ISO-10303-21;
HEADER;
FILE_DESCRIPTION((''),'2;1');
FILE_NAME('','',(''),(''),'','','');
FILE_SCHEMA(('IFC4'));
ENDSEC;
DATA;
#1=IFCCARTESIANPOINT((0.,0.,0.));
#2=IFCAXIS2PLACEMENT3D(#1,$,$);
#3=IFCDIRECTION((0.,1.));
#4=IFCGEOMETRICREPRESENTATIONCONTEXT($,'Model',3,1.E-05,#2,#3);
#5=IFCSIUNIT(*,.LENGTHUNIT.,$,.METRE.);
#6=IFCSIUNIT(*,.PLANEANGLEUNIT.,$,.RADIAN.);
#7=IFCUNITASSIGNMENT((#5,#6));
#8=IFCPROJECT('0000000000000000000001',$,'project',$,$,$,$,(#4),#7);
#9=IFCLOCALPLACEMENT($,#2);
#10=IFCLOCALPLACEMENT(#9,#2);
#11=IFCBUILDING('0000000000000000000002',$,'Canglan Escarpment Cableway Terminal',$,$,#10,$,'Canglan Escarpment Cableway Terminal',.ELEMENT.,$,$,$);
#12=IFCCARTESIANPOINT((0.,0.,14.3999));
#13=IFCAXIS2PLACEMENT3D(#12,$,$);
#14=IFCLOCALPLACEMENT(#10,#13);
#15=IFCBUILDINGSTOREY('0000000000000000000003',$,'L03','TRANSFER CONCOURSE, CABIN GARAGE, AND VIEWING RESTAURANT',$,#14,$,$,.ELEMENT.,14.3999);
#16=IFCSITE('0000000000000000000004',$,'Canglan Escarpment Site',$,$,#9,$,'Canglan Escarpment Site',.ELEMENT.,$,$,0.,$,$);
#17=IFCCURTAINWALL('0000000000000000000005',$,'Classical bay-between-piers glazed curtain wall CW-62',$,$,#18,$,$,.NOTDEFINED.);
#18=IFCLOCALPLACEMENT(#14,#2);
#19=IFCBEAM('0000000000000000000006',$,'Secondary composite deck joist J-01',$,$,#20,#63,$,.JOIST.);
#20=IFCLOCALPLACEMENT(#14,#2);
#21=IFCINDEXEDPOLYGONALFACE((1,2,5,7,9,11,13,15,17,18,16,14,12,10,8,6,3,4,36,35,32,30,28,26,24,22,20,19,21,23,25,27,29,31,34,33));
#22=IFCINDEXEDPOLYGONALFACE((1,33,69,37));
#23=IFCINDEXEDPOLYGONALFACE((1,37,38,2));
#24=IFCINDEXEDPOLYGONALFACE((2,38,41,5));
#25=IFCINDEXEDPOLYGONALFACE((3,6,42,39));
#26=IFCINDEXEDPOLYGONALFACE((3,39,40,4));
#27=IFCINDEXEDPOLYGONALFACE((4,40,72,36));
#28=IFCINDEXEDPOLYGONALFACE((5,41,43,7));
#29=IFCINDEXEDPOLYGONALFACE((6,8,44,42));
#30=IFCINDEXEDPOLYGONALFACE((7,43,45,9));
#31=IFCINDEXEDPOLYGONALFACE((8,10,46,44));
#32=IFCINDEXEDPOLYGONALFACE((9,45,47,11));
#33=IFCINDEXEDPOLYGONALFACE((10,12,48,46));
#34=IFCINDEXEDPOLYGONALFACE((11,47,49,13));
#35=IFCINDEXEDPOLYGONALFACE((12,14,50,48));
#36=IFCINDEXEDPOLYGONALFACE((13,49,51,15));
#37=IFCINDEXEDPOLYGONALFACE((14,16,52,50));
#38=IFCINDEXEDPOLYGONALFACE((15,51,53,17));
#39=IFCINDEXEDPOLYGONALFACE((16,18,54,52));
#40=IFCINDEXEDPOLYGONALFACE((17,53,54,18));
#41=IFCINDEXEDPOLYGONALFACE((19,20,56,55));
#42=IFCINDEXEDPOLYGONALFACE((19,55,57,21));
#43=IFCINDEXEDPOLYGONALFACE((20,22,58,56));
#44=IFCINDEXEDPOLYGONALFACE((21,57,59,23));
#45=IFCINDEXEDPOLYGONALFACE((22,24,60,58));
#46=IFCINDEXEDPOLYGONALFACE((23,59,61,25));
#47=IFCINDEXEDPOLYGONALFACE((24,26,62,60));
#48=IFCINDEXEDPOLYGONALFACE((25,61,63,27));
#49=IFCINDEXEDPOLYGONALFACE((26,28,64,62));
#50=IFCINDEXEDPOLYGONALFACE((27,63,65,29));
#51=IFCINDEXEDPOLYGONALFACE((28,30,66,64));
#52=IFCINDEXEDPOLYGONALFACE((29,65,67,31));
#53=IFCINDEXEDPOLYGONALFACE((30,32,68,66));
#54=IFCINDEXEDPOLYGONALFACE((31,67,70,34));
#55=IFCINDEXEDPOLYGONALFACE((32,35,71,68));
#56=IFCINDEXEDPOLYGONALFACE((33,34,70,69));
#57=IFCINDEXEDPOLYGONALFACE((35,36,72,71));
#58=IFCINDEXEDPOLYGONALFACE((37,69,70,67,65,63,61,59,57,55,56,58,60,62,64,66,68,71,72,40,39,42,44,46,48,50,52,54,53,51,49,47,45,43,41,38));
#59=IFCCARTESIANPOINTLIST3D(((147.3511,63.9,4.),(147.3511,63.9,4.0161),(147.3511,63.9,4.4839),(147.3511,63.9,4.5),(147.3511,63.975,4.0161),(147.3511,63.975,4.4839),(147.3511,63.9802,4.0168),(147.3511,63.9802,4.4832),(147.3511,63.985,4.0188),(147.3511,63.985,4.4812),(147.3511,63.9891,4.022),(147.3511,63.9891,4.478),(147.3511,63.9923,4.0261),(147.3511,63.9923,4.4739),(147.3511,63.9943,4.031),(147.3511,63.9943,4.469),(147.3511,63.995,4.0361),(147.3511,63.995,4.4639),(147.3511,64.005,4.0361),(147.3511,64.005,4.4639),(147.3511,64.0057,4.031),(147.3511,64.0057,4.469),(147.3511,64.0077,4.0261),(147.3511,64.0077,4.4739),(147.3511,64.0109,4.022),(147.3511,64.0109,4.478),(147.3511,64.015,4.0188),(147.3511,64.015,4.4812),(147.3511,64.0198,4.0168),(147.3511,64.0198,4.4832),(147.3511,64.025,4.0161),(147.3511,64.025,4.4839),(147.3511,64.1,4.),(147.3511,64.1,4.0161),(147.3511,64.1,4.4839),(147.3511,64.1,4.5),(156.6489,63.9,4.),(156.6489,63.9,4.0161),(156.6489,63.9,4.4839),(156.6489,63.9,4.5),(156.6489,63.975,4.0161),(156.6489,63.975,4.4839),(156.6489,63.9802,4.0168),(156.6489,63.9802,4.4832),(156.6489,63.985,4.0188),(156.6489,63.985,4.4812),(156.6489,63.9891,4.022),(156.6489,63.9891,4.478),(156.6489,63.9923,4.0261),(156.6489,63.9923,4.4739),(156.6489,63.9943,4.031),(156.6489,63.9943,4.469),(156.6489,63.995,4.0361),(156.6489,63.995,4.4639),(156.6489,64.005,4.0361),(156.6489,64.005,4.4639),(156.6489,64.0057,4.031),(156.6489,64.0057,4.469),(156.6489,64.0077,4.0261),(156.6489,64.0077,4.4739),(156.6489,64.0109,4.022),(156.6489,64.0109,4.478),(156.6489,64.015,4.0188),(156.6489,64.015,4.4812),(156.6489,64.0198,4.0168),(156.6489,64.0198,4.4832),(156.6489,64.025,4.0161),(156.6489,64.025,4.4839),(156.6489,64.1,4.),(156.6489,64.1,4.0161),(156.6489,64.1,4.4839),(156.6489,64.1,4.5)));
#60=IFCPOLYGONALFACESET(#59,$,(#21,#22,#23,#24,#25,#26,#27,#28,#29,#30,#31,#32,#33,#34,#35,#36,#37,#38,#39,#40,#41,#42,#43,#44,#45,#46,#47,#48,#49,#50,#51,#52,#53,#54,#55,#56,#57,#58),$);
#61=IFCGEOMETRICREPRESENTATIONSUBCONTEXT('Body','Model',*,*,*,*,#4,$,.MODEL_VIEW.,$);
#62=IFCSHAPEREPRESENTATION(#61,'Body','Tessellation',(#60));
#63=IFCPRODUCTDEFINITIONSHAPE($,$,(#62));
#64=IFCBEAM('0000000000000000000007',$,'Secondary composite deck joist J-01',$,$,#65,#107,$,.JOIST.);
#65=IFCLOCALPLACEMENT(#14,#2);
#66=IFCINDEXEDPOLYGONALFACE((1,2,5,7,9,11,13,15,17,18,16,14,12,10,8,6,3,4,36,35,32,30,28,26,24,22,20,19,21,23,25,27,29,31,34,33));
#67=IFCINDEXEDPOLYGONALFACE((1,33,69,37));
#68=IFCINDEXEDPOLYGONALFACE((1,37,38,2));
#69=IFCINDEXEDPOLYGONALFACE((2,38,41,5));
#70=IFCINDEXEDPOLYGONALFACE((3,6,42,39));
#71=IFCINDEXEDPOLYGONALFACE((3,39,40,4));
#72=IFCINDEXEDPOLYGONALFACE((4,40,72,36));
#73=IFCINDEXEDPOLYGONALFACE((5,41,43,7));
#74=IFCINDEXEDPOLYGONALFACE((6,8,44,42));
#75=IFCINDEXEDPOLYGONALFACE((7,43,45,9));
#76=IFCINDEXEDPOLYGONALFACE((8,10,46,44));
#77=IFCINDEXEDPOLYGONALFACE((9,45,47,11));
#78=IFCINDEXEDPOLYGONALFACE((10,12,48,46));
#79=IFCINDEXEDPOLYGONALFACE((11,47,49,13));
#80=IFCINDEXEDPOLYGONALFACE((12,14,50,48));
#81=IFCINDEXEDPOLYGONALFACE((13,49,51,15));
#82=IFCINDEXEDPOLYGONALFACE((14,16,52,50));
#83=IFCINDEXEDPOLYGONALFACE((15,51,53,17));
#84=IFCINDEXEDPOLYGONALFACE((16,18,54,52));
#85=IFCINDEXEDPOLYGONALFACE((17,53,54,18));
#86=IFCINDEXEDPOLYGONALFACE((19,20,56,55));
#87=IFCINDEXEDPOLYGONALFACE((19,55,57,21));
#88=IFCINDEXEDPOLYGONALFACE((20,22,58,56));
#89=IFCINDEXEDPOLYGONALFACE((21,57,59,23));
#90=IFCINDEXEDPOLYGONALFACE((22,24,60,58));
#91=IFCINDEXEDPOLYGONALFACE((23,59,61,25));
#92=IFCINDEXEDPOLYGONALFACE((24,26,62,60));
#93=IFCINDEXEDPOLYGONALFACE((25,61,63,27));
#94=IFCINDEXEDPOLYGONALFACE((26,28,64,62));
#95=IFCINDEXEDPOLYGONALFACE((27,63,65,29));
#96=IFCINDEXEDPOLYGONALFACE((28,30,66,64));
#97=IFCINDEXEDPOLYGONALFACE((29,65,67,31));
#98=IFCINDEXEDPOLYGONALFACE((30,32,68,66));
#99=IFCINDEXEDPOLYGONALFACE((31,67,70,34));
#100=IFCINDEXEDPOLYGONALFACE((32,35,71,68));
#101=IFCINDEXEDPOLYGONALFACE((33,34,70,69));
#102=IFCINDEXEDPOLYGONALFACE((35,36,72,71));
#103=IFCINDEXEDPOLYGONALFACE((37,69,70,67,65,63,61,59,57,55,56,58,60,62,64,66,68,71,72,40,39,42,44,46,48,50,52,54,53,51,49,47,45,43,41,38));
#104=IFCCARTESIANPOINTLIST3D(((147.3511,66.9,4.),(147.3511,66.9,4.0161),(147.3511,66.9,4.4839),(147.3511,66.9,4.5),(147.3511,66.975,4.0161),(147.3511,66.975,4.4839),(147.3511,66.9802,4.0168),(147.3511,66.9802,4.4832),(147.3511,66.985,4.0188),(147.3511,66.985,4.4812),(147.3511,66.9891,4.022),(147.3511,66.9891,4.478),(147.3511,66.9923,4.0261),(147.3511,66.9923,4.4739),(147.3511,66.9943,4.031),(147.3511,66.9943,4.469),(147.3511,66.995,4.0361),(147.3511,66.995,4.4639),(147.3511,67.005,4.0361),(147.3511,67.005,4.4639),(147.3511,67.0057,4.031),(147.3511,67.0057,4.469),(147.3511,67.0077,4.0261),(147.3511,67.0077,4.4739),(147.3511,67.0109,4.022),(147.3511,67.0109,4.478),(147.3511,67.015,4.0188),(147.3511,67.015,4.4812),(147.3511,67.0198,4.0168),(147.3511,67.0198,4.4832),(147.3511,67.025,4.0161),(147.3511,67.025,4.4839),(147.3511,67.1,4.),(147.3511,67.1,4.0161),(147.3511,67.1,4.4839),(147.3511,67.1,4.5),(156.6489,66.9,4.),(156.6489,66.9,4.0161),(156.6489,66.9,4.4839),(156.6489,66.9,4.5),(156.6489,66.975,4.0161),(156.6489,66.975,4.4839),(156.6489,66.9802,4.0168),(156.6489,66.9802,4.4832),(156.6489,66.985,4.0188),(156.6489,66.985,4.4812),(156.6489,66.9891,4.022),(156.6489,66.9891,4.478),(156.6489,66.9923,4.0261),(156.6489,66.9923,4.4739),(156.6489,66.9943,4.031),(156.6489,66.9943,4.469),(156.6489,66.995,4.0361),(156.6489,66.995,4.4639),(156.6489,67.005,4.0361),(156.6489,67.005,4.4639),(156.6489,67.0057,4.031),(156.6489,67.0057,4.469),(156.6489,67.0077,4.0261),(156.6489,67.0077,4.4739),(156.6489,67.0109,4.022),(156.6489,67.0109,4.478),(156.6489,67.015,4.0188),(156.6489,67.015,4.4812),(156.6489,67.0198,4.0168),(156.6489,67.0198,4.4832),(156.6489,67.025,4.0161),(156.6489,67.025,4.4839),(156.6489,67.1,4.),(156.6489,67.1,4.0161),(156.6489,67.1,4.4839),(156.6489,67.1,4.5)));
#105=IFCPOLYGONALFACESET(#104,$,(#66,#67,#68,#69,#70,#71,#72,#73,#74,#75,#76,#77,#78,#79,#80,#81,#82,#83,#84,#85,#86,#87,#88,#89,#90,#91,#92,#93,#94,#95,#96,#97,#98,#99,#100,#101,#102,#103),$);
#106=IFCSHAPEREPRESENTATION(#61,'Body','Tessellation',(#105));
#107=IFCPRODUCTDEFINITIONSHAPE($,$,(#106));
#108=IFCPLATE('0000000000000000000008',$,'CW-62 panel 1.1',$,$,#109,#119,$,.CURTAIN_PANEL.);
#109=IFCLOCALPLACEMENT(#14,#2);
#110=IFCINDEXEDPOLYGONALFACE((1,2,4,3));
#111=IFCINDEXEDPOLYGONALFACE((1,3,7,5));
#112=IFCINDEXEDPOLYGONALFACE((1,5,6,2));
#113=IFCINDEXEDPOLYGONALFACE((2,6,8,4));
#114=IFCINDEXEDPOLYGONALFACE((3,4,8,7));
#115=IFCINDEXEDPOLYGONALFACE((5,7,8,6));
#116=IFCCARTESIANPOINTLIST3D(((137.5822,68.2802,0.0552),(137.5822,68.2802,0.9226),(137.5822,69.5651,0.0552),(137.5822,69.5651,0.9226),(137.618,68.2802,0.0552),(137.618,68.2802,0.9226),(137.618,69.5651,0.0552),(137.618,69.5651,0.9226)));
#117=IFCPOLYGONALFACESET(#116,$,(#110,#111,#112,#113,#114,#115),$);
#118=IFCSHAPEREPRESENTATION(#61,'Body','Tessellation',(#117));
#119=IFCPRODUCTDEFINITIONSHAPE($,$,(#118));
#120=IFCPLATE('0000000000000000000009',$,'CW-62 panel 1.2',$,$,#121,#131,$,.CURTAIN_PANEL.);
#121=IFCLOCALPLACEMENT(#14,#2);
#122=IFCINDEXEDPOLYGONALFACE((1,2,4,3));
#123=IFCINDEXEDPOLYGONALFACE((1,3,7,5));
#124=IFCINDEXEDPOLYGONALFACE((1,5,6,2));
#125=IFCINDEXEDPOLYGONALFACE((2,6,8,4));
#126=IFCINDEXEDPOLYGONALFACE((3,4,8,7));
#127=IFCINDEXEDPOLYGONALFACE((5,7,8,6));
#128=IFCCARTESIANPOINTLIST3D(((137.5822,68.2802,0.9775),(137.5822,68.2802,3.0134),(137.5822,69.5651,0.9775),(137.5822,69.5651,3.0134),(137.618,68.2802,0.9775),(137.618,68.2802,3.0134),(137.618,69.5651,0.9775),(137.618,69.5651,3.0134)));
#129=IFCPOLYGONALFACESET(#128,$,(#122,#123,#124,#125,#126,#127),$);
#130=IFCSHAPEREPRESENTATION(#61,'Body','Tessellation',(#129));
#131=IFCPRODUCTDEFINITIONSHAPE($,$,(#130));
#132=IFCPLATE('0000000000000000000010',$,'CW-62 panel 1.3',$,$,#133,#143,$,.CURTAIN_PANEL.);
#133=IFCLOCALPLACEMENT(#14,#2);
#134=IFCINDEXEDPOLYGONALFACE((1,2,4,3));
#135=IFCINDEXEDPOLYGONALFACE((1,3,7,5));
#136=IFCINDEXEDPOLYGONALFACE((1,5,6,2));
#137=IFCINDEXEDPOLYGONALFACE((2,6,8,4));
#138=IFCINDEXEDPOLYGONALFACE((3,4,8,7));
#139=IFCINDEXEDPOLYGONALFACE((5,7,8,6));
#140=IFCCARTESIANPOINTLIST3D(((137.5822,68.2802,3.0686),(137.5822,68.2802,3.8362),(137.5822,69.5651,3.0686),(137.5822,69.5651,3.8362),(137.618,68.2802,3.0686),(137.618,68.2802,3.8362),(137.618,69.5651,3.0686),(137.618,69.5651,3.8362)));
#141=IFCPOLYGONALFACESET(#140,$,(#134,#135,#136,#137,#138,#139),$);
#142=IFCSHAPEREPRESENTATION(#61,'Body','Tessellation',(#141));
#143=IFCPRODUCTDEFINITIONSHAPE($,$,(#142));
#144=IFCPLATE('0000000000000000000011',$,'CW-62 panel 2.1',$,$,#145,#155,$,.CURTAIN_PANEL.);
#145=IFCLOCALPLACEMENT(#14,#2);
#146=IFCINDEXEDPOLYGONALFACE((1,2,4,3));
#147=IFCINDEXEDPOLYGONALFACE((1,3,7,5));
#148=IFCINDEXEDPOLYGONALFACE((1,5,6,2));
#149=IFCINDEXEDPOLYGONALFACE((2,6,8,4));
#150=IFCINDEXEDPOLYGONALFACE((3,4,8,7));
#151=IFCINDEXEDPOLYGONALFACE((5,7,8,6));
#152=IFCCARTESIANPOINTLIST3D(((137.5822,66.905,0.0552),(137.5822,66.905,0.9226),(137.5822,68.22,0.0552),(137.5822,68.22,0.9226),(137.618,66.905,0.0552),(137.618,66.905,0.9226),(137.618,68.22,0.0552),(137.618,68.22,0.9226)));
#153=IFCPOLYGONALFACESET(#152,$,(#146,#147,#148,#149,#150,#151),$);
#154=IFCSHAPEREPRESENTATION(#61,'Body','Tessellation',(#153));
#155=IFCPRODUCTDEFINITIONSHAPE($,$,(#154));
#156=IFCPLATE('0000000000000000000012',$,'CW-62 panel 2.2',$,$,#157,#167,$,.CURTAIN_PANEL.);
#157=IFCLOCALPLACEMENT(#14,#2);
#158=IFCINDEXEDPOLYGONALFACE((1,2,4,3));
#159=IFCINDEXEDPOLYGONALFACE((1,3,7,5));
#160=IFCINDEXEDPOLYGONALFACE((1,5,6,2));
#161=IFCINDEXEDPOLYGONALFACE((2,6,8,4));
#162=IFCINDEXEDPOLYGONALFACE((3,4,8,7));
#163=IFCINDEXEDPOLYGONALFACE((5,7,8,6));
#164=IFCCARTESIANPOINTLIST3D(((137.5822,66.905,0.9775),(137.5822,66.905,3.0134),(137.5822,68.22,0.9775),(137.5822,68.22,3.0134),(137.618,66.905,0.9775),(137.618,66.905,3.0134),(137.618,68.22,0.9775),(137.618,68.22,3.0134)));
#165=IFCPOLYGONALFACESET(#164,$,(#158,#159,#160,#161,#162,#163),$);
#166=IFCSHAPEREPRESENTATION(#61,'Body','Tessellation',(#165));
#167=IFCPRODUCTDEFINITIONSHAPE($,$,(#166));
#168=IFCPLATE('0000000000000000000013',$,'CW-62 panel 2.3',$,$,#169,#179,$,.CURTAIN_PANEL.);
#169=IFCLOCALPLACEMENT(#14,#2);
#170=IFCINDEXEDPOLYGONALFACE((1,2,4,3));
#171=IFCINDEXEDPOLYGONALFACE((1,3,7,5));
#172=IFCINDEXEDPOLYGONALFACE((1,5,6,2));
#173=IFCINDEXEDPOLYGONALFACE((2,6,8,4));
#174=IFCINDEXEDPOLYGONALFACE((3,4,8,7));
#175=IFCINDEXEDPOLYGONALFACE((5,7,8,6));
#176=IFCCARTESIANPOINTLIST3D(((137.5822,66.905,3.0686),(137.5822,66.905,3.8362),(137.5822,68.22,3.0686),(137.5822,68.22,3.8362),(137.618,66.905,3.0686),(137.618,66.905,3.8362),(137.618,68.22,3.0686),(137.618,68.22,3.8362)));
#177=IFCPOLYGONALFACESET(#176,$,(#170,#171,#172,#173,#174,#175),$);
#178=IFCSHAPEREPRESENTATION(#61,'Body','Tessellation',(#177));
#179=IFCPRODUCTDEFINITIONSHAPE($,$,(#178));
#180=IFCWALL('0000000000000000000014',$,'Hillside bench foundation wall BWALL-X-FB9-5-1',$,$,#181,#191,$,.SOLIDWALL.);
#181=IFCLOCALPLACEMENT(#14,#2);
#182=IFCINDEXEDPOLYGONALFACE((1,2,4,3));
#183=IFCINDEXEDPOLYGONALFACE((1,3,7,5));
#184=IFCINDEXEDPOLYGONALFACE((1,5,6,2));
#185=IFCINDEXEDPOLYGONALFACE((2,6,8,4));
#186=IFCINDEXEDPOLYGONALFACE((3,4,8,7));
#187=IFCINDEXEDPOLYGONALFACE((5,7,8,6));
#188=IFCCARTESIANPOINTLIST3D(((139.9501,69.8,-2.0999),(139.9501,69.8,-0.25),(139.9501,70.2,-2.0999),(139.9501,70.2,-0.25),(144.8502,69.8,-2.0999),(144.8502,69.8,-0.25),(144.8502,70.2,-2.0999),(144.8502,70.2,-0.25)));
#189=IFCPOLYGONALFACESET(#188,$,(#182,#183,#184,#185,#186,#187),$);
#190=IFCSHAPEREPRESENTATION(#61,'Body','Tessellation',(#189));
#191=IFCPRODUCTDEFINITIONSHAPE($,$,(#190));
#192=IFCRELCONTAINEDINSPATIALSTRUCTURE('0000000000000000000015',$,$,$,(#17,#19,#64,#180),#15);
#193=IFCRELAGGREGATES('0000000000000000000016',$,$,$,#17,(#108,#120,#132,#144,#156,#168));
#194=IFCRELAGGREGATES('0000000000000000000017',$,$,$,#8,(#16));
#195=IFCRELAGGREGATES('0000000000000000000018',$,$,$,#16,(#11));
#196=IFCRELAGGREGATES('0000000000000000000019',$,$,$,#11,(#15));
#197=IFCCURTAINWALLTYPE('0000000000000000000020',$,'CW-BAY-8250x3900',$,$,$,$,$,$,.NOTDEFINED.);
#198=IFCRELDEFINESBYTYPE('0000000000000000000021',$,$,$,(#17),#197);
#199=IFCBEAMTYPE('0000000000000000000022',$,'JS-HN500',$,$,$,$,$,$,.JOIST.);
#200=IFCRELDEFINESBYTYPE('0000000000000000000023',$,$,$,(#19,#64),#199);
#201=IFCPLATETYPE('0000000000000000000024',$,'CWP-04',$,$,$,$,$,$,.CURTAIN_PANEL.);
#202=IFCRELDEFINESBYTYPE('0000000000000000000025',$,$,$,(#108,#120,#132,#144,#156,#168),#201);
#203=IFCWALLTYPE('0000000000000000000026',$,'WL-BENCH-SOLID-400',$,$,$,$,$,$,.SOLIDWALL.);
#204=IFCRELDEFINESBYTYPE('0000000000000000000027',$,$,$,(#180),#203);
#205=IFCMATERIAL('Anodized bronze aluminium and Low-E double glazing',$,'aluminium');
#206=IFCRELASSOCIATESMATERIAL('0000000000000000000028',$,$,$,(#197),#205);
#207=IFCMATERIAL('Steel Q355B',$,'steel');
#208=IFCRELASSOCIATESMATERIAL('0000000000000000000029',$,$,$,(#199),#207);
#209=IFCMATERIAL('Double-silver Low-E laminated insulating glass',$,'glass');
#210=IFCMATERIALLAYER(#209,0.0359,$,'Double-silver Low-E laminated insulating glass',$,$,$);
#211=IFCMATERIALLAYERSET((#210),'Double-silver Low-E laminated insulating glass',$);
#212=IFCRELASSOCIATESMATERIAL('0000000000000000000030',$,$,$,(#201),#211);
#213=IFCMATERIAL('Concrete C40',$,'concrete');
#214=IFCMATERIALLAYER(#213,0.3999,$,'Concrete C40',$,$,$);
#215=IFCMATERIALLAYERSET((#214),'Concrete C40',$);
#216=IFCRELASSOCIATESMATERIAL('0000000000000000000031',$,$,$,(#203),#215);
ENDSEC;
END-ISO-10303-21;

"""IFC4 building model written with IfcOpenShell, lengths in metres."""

from ifc_helpers import new_model, si_unit, direction, frame, frame_2d, origin, origin_2d, place, context, subcontext, project, spatial, rectangle, i_section, extrude, material, layer, layer_set, material_profile, profile_set, type_object, element, aggregate, save


model = new_model("IFC4")

# Units and contexts
model_context = context("Model", 3, precision=1e-05, world=origin(), true_north=direction((0.0, 1.0)))
body_context = subcontext(model_context, "Body", "Model", "MODEL_VIEW")
ifc_project = project(units=[si_unit("LENGTHUNIT", "METRE"), si_unit("PLANEANGLEUNIT", "RADIAN")], contexts=[model_context])

# Site, building, storey
site_placement = place(None, origin())
site = spatial("IfcSite", under=ifc_project, at=site_placement, Name="Canglan Escarpment Site", LongName="Canglan Escarpment Site", CompositionType="ELEMENT", RefElevation=0.0)
building_placement = place(site_placement, origin())
building = spatial("IfcBuilding", under=site, at=building_placement, Name="Canglan Escarpment Cableway Terminal", LongName="Canglan Escarpment Cableway Terminal", CompositionType="ELEMENT")
storey_placement = place(building_placement, frame((0.0, 0.0, 14.3999)))
storey = spatial("IfcBuildingStorey", under=building, at=storey_placement, Name="L03", Description="TRANSFER CONCOURSE, CABIN GARAGE, AND VIEWING RESTAURANT", CompositionType="ELEMENT", Elevation=14.3999)

# Shared definitions
ifc_material_1 = material(Name="Concrete C40", Category="concrete")

# Curtain wall
ifc_material_2 = material(Name="Anodized bronze aluminium and Low-E double glazing", Category="aluminium")
curtain_wall_type = type_object("IfcCurtainWallType", Name="CW-BAY-8250x3900", PredefinedType="NOTDEFINED", material=ifc_material_2)
curtain_wall_placement = place(storey_placement, origin())
curtain_wall = element("IfcCurtainWall", 1, at=curtain_wall_placement, inside=storey, type_object=curtain_wall_type, Name="Classical bay-between-piers glazed curtain wall CW-62", PredefinedType="NOTDEFINED")

# Beams
ifc_material_3 = material(Name="Steel Q355B", Category="steel")
ifc_material_profile_1 = material_profile(ifc_material_3, i_section(OverallWidth=0.2, OverallDepth=0.5, WebThickness=0.01, FlangeThickness=0.0161, FilletRadius=0.02, at=origin_2d()), Name="HN 500x200x10x16")
ifc_profile_set_1 = profile_set([ifc_material_profile_1], Name="Steel Q355B")
beam_type_1 = type_object("IfcBeamType", Name="JS-HN500", PredefinedType="JOIST", material=ifc_profile_set_1)
for number, where, z_axis, x_axis, name in (
    (2, (147.3511, 64.0, 4.25), (1.0, 0.0, 0.0), (0.0, 1.0, 0.0), "Secondary composite deck joist J-01"),
    (3, (147.3511, 67.0, 4.25), (1.0, 0.0, 0.0), (0.0, 1.0, 0.0), "Secondary composite deck joist J-01"),
):
    element("IfcBeam", number, at=place(storey_placement, frame(where, z_axis=z_axis, x_axis=x_axis)), inside=storey, type_object=beam_type_1, Name=name, PredefinedType="JOIST", context=body_context, shape_type="SweptSolid", body=[
        extrude(i_section(OverallWidth=0.2, OverallDepth=0.5, WebThickness=0.01, FlangeThickness=0.0161, FilletRadius=0.02, at=origin_2d()), origin(), (0.0, 0.0, 1.0), 9.2979),
    ])

# Plates
ifc_material_4 = material(Name="Double-silver Low-E laminated insulating glass", Category="glass")
ifc_layer_1 = layer(ifc_material_4, 0.0359, Name="Double-silver Low-E laminated insulating glass")
ifc_layer_set_1 = layer_set([ifc_layer_1], Name="Double-silver Low-E laminated insulating glass")
plate_type = type_object("IfcPlateType", Name="CWP-04", PredefinedType="CURTAIN_PANEL", material=ifc_layer_set_1)
plate_1_placement = place(storey_placement, frame((137.6001, 68.9226, 0.0552), z_axis=(0.0, 0.0, 1.0), x_axis=(0.0, -1.0, 0.0)))
plate_1 = element("IfcPlate", 4, at=plate_1_placement, type_object=plate_type, Name="CW-62 panel 1.1", PredefinedType="CURTAIN_PANEL", context=body_context, shape_type="SweptSolid", body=[
    extrude(rectangle(XDim=1.2849, YDim=0.0359, at=origin_2d()), origin(), (0.0, 0.0, 1.0), 0.8674),
])
plate_2_placement = place(storey_placement, frame((137.6001, 68.9226, 0.9775), z_axis=(0.0, 0.0, 1.0), x_axis=(0.0, -1.0, 0.0)))
plate_2 = element("IfcPlate", 5, at=plate_2_placement, type_object=plate_type, Name="CW-62 panel 1.2", PredefinedType="CURTAIN_PANEL", context=body_context, shape_type="SweptSolid", body=[
    extrude(rectangle(XDim=1.2849, YDim=0.0359, at=origin_2d()), origin(), (0.0, 0.0, 1.0), 2.0359),
])
plate_3_placement = place(storey_placement, frame((137.6001, 68.9226, 3.0686), z_axis=(0.0, 0.0, 1.0), x_axis=(0.0, -1.0, 0.0)))
plate_3 = element("IfcPlate", 6, at=plate_3_placement, type_object=plate_type, Name="CW-62 panel 1.3", PredefinedType="CURTAIN_PANEL", context=body_context, shape_type="SweptSolid", body=[
    extrude(rectangle(XDim=1.2849, YDim=0.0359, at=origin_2d()), origin(), (0.0, 0.0, 1.0), 0.7676),
])
plate_4_placement = place(storey_placement, frame((137.6001, 67.5625, 0.0552), z_axis=(0.0, 0.0, 1.0), x_axis=(0.0, -1.0, 0.0)))
plate_4 = element("IfcPlate", 7, at=plate_4_placement, type_object=plate_type, Name="CW-62 panel 2.1", PredefinedType="CURTAIN_PANEL", context=body_context, shape_type="SweptSolid", body=[
    extrude(rectangle(XDim=1.3149, YDim=0.0359, at=origin_2d()), origin(), (0.0, 0.0, 1.0), 0.8674),
])
plate_5_placement = place(storey_placement, frame((137.6001, 67.5625, 0.9775), z_axis=(0.0, 0.0, 1.0), x_axis=(0.0, -1.0, 0.0)))
plate_5 = element("IfcPlate", 8, at=plate_5_placement, type_object=plate_type, Name="CW-62 panel 2.2", PredefinedType="CURTAIN_PANEL", context=body_context, shape_type="SweptSolid", body=[
    extrude(rectangle(XDim=1.3149, YDim=0.0359, at=origin_2d()), origin(), (0.0, 0.0, 1.0), 2.0359),
])
plate_6_placement = place(storey_placement, frame((137.6001, 67.5625, 3.0686), z_axis=(0.0, 0.0, 1.0), x_axis=(0.0, -1.0, 0.0)))
plate_6 = element("IfcPlate", 9, at=plate_6_placement, type_object=plate_type, Name="CW-62 panel 2.3", PredefinedType="CURTAIN_PANEL", context=body_context, shape_type="SweptSolid", body=[
    extrude(rectangle(XDim=1.3149, YDim=0.0359, at=origin_2d()), origin(), (0.0, 0.0, 1.0), 0.7676),
])
aggregate(curtain_wall, [plate_1, plate_2, plate_3, plate_4, plate_5, plate_6])

# Wall
ifc_layer_2 = layer(ifc_material_1, 0.3999, Name="Concrete C40")
ifc_layer_set_2 = layer_set([ifc_layer_2], Name="Concrete C40")
wall_type = type_object("IfcWallType", Name="WL-BENCH-SOLID-400", PredefinedType="SOLIDWALL", material=ifc_layer_set_2)
wall_1_placement = place(storey_placement, frame((139.95, 70.0, -2.0999), z_axis=(0.0, 0.0, 1.0), x_axis=(1.0, 0.0, 0.0)))
element("IfcWall", 10, at=wall_1_placement, inside=storey, type_object=wall_type, Name="Hillside bench foundation wall BWALL-X-FB9-5-1", PredefinedType="SOLIDWALL", context=body_context, shape_type="SweptSolid", body=[
    extrude(rectangle(XDim=4.9001, YDim=0.3999, at=frame_2d((2.4502, 0.0))), origin(), (0.0, 0.0, 1.0), 1.8499),
])

save(model, "model.ifc")
